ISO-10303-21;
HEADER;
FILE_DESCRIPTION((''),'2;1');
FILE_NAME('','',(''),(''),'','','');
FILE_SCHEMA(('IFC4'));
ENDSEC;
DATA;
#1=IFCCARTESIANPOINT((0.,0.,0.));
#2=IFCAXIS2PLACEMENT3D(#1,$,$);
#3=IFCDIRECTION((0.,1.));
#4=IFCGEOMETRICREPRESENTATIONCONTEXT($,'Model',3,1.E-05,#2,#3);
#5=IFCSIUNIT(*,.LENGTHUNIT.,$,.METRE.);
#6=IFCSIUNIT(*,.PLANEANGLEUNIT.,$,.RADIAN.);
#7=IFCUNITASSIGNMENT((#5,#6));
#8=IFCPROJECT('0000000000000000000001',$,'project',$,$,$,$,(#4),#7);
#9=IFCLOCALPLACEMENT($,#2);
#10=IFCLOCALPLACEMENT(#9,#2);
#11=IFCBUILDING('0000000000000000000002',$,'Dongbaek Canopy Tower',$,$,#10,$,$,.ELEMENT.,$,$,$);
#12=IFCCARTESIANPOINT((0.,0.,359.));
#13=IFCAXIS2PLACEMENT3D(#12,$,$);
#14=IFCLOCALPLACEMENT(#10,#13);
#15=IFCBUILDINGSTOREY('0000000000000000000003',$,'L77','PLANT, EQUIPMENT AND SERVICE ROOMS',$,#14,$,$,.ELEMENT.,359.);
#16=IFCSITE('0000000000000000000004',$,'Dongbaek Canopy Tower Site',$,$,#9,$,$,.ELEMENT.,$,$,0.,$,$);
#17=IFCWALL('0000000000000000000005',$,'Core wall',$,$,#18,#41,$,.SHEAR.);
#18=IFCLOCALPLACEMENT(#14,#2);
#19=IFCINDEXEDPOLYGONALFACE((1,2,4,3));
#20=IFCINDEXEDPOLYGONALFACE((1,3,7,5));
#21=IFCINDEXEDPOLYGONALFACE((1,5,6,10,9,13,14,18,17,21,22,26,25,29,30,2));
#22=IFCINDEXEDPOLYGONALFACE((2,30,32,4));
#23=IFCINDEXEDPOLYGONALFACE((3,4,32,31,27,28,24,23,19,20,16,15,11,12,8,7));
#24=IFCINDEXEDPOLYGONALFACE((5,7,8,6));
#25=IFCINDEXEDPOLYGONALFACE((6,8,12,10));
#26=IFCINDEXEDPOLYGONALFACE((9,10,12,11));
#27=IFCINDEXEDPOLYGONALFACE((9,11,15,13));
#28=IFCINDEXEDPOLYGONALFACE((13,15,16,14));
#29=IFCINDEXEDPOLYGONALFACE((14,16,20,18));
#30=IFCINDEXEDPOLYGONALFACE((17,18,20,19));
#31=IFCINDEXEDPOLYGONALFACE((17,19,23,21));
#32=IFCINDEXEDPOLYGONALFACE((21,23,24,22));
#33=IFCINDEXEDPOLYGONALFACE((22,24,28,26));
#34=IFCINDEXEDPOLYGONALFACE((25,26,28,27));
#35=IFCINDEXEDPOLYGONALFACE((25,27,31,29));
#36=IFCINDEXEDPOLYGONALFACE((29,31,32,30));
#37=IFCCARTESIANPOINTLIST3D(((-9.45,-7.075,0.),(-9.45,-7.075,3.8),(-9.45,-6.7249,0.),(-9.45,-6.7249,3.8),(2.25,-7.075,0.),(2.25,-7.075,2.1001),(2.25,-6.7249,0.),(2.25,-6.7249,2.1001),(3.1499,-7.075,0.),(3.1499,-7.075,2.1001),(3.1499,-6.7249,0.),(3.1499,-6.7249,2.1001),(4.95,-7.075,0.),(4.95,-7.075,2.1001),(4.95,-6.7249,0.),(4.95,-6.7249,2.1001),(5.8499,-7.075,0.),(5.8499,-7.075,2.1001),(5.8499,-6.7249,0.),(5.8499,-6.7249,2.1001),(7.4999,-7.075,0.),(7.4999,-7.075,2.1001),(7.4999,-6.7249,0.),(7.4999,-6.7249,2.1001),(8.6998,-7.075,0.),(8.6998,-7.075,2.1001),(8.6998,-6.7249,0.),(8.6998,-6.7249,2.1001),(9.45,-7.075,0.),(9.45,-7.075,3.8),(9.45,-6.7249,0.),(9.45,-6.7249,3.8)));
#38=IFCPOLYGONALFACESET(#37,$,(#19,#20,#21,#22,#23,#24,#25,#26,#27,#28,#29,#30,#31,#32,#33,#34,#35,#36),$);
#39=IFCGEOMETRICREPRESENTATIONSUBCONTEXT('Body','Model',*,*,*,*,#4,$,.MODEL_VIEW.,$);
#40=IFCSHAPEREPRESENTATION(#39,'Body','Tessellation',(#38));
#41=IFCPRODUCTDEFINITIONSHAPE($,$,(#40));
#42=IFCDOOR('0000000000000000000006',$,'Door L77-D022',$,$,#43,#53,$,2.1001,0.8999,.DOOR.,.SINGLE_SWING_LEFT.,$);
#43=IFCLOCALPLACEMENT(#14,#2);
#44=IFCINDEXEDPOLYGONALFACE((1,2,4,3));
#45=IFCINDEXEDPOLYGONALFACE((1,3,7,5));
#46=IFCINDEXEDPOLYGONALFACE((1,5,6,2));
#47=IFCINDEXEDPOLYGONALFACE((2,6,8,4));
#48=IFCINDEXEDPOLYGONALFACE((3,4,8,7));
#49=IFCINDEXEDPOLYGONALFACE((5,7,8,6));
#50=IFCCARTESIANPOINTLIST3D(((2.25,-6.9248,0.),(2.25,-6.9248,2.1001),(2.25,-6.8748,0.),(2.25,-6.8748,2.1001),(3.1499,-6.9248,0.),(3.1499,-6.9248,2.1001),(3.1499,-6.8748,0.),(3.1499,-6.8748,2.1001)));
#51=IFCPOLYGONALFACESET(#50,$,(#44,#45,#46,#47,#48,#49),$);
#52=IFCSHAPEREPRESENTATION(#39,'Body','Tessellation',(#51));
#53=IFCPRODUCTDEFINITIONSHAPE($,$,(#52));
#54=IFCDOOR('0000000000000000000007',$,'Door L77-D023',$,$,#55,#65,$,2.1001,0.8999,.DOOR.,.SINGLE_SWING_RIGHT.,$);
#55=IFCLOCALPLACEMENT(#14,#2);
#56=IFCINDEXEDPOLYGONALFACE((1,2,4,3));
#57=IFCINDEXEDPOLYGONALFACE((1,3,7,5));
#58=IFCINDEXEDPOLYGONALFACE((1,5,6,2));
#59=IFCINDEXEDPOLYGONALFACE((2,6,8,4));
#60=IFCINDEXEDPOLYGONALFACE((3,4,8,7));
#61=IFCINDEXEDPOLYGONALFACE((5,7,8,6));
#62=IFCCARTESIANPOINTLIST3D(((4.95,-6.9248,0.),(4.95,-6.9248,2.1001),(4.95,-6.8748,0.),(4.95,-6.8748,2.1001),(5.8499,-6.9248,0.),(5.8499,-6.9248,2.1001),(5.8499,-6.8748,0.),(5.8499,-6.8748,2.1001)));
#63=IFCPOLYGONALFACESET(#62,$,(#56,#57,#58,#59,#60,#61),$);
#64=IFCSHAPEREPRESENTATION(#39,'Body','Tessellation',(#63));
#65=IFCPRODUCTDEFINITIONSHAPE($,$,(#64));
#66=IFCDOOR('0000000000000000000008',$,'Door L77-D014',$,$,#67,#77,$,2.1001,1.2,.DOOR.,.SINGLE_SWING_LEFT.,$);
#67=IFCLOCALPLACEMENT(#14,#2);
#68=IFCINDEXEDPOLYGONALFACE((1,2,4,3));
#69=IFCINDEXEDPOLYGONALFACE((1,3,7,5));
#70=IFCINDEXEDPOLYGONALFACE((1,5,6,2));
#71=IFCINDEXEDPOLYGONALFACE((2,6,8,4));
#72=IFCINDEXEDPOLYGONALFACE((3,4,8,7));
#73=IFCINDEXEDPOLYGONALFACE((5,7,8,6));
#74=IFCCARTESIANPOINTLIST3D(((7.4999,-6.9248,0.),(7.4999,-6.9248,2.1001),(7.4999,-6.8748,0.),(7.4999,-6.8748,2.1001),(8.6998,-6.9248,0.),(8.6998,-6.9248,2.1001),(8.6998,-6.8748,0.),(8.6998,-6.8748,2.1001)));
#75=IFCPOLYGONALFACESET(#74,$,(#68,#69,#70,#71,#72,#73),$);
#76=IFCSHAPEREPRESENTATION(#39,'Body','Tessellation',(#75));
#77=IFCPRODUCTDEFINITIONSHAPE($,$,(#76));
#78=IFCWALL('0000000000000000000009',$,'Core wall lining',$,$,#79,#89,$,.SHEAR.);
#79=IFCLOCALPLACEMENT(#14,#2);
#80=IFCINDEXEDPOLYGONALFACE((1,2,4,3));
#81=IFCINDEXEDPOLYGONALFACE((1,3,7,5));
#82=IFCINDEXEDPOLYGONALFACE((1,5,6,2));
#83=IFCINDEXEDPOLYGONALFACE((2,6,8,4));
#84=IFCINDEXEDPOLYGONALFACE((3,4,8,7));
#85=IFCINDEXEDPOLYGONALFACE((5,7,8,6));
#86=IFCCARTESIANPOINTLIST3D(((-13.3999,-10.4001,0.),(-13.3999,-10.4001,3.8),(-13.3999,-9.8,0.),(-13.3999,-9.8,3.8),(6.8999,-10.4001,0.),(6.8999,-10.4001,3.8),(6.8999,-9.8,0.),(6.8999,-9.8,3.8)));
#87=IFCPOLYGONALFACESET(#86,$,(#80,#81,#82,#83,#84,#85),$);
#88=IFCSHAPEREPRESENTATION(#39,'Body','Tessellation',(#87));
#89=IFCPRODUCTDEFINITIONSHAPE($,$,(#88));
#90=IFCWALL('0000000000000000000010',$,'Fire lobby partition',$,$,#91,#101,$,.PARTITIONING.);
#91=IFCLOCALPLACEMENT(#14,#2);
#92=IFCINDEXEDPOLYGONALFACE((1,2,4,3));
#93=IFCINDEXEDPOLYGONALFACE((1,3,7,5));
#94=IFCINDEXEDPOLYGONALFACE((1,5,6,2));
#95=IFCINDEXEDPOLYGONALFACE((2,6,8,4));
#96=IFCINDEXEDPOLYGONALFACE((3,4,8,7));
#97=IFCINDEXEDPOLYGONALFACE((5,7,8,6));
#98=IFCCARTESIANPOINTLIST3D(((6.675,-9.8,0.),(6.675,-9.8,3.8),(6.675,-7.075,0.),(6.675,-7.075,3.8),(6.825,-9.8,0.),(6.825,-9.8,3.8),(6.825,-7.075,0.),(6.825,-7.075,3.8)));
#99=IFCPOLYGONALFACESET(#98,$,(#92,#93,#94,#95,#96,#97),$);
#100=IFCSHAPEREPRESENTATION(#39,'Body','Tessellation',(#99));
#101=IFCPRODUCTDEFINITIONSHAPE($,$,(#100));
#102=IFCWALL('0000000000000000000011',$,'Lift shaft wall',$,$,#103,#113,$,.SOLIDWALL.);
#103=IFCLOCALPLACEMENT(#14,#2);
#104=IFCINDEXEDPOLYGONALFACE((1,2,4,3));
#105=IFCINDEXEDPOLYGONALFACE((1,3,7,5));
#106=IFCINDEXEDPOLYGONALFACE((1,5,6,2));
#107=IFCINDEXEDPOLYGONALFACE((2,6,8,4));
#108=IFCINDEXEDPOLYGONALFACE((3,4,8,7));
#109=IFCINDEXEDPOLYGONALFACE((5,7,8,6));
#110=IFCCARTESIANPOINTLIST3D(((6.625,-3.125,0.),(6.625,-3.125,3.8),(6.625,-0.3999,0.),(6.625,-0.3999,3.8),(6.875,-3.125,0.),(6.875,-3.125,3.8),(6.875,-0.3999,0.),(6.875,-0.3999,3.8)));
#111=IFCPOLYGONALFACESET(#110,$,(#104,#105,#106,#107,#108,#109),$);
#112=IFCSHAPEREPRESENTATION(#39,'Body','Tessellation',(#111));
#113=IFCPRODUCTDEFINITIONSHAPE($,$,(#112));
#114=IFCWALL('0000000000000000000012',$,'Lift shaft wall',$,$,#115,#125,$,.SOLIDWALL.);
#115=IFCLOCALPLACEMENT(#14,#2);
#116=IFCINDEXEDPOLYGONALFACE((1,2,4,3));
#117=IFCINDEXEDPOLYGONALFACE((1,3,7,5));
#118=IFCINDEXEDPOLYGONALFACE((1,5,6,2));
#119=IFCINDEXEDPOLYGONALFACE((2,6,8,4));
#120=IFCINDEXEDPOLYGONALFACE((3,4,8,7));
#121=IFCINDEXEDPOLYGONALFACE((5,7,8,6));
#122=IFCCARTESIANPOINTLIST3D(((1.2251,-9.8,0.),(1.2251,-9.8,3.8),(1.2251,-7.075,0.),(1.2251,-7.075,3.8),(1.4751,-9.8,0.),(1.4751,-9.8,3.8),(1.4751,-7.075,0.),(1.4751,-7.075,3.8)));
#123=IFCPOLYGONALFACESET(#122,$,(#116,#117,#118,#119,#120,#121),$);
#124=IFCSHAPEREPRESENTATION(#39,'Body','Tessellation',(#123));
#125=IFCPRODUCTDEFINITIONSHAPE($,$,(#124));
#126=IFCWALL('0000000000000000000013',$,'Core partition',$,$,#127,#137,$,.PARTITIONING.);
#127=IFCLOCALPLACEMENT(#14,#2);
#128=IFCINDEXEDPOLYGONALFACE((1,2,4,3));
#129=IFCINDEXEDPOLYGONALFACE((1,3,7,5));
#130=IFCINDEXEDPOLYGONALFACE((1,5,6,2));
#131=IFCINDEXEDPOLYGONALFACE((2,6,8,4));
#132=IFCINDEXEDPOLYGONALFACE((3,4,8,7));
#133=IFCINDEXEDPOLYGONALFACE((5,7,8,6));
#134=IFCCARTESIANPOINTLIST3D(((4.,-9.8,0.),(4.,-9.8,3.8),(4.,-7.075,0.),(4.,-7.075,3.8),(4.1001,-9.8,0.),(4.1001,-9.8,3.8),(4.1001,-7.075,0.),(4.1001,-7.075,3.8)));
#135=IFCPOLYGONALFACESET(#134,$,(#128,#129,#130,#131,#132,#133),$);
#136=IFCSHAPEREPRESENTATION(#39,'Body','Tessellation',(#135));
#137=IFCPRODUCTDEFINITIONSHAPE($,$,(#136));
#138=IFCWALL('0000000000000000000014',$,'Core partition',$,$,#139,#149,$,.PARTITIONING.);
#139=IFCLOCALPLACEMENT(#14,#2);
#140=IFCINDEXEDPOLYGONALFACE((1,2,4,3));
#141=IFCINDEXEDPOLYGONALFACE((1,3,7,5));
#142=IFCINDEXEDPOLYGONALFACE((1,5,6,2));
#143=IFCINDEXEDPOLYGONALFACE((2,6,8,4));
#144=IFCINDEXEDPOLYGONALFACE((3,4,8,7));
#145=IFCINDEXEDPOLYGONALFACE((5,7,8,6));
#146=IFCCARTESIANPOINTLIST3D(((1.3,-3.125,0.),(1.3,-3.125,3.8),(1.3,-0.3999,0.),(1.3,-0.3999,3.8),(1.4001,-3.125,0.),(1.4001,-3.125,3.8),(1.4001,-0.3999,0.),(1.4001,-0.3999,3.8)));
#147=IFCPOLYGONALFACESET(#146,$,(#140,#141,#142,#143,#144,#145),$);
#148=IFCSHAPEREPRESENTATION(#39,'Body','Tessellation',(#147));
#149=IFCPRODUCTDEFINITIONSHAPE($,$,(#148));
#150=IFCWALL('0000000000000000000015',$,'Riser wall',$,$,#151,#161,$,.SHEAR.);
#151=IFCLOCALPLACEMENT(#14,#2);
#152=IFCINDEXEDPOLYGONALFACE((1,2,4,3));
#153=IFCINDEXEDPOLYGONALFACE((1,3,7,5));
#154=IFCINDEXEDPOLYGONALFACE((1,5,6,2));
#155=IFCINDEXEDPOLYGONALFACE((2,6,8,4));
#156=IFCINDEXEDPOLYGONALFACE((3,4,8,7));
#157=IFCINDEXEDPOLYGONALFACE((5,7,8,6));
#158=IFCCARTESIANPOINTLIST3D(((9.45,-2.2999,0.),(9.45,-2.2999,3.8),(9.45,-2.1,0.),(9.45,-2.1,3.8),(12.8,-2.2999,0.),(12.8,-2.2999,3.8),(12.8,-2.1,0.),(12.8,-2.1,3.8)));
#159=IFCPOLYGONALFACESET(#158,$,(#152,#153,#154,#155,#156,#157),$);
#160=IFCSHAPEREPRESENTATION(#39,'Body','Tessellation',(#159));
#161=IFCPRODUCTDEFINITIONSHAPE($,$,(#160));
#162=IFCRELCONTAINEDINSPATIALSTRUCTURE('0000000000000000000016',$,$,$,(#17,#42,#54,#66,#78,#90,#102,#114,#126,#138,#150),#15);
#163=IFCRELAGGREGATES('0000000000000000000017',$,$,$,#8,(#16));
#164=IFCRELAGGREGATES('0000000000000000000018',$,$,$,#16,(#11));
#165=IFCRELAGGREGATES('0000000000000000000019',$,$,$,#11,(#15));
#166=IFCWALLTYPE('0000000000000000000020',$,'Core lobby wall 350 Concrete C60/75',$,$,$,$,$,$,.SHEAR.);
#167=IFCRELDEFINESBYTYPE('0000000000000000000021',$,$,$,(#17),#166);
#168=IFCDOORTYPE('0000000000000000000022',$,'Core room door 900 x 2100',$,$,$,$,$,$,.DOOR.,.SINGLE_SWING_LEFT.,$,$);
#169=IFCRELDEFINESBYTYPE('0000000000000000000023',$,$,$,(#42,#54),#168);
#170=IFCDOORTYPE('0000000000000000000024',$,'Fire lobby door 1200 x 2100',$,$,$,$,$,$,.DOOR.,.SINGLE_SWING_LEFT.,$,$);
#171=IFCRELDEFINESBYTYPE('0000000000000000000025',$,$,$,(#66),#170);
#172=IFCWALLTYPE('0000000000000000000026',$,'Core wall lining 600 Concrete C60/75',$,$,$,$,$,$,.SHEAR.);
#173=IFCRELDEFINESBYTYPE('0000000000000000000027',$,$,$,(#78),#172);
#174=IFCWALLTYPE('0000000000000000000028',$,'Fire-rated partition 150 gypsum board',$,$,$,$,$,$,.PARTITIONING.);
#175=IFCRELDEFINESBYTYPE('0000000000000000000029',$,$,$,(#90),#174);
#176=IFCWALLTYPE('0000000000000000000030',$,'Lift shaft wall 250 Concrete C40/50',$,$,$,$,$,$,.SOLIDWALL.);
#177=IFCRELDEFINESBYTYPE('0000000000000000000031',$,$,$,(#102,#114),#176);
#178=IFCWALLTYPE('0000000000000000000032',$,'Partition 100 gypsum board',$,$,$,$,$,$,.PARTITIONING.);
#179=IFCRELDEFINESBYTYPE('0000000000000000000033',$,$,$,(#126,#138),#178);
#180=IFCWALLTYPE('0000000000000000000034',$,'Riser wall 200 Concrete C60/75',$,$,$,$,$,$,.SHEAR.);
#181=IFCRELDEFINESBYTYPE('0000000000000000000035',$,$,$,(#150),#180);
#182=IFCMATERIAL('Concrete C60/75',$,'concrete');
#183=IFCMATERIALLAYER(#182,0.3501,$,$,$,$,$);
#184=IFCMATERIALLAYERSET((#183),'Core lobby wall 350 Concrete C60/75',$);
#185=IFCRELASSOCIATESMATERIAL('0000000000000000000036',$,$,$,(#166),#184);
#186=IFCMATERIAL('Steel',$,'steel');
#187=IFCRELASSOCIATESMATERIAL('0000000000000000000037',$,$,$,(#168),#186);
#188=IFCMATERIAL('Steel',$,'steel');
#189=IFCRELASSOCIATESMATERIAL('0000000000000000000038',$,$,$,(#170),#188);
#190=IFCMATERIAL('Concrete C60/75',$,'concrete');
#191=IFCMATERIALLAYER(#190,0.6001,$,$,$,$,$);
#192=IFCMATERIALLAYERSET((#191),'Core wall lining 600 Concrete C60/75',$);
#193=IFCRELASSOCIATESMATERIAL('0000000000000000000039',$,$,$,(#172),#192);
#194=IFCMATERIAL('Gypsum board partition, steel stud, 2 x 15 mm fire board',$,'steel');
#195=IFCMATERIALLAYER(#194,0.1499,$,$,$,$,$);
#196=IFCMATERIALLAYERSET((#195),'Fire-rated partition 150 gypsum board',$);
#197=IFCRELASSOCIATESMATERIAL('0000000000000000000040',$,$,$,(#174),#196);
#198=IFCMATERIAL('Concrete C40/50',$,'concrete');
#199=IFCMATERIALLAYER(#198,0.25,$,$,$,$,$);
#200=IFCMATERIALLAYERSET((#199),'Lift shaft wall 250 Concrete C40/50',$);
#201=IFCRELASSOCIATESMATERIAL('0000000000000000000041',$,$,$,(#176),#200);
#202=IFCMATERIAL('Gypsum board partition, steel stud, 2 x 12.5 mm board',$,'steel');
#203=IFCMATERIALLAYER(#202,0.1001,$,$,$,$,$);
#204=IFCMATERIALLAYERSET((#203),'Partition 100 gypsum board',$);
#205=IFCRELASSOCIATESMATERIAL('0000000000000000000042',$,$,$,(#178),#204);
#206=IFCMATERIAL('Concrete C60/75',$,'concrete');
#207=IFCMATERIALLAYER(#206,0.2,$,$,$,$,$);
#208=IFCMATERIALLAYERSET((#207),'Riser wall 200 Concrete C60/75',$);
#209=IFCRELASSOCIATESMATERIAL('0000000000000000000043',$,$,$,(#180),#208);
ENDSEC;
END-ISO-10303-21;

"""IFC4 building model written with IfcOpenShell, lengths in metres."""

from ifc_helpers import new_model, si_unit, direction, frame, frame_2d, origin, place, context, subcontext, project, spatial, rectangle, extrude, material, layer, layer_set, type_object, element, fill, save


model = new_model("IFC4")

# Units and contexts
model_context = context("Model", 3, precision=1e-05, world=origin(), true_north=direction((0.0, 1.0)))
body_context = subcontext(model_context, "Body", "Model", "MODEL_VIEW")
ifc_project = project(units=[si_unit("LENGTHUNIT", "METRE"), si_unit("PLANEANGLEUNIT", "RADIAN")], contexts=[model_context])

# Site, building, storey
site_placement = place(None, origin())
site = spatial("IfcSite", under=ifc_project, at=site_placement, Name="Dongbaek Canopy Tower Site", CompositionType="ELEMENT", RefElevation=0.0)
building_placement = place(site_placement, origin())
building = spatial("IfcBuilding", under=site, at=building_placement, Name="Dongbaek Canopy Tower", CompositionType="ELEMENT")
storey_placement = place(building_placement, frame((0.0, 0.0, 359.0)))
storey = spatial("IfcBuildingStorey", under=building, at=storey_placement, Name="L77", Description="PLANT, EQUIPMENT AND SERVICE ROOMS", CompositionType="ELEMENT", Elevation=359.0)

# Wall, openings, doors
ifc_material_1 = material(Name="Concrete C60/75", Category="concrete")
ifc_layer_1 = layer(ifc_material_1, 0.3501)
ifc_layer_set_1 = layer_set([ifc_layer_1], Name="Core lobby wall 350 Concrete C60/75")
wall_type_1 = type_object("IfcWallType", Name="Core lobby wall 350 Concrete C60/75", PredefinedType="SHEAR", material=ifc_layer_set_1)
wall_1_placement = place(storey_placement, frame((9.45, -6.8999, 0.0), z_axis=(0.0, 0.0, 1.0), x_axis=(-1.0, 0.0, 0.0)))
wall_1 = element("IfcWall", 1, at=wall_1_placement, inside=storey, type_object=wall_type_1, Name="Core wall", PredefinedType="SHEAR", context=body_context, shape_type="SweptSolid", body=[
    extrude(rectangle(XDim=18.8999, YDim=0.3501, at=frame_2d((9.45, 0.0))), origin(), (0.0, 0.0, 1.0), 3.8),
])
opening_1_placement = place(wall_1_placement, frame((0.75, 0.0, 0.0)))
opening_1 = element("IfcOpeningElement", 2, at=opening_1_placement, cuts=wall_1, PredefinedType="OPENING", context=body_context, shape_type="SweptSolid", body=[
    extrude(rectangle(XDim=1.2, YDim=2.1001, at=frame_2d((0.6001, 1.05))), frame((0.0, 0.1851, 0.0), z_axis=(0.0, -1.0, 0.0), x_axis=(1.0, 0.0, 0.0)), (0.0, 0.0, 1.0), 0.3701),
])
opening_2_placement = place(wall_1_placement, frame((6.3, 0.0, 0.0)))
opening_2 = element("IfcOpeningElement", 3, at=opening_2_placement, cuts=wall_1, PredefinedType="OPENING", context=body_context, shape_type="SweptSolid", body=[
    extrude(rectangle(XDim=0.8999, YDim=2.1001, at=frame_2d((0.45, 1.05))), frame((0.0, 0.1851, 0.0), z_axis=(0.0, -1.0, 0.0), x_axis=(1.0, 0.0, 0.0)), (0.0, 0.0, 1.0), 0.3701),
])
opening_3_placement = place(wall_1_placement, frame((3.6001, 0.0, 0.0)))
opening_3 = element("IfcOpeningElement", 4, at=opening_3_placement, cuts=wall_1, PredefinedType="OPENING", context=body_context, shape_type="SweptSolid", body=[
    extrude(rectangle(XDim=0.8999, YDim=2.1001, at=frame_2d((0.45, 1.05))), frame((0.0, 0.1851, 0.0), z_axis=(0.0, -1.0, 0.0), x_axis=(1.0, 0.0, 0.0)), (0.0, 0.0, 1.0), 0.3701),
])
ifc_material_2 = material(Name="Steel", Category="steel")
door_type_1 = type_object("IfcDoorType", Name="Core room door 900 x 2100", OperationType="SINGLE_SWING_LEFT", PredefinedType="DOOR", material=ifc_material_2)
door_1_placement = place(opening_2_placement, origin())
door_1 = element("IfcDoor", 5, at=door_1_placement, inside=storey, type_object=door_type_1, Name="Door L77-D022", OperationType="SINGLE_SWING_LEFT", OverallHeight=2.1001, OverallWidth=0.8999, PredefinedType="DOOR", context=body_context, shape_type="SweptSolid", body=[
    extrude(rectangle(XDim=0.8999, YDim=2.1001, at=frame_2d((0.45, 1.05))), frame((0.0, 0.0249, 0.0), z_axis=(0.0, -1.0, 0.0), x_axis=(1.0, 0.0, 0.0)), (0.0, 0.0, 1.0), 0.05),
])
fill(opening_2, door_1)
door_2_placement = place(opening_3_placement, origin())
door_2 = element("IfcDoor", 6, at=door_2_placement, inside=storey, type_object=door_type_1, Name="Door L77-D023", OperationType="SINGLE_SWING_RIGHT", OverallHeight=2.1001, OverallWidth=0.8999, PredefinedType="DOOR", context=body_context, shape_type="SweptSolid", body=[
    extrude(rectangle(XDim=0.8999, YDim=2.1001, at=frame_2d((0.45, 1.05))), frame((0.0, 0.0249, 0.0), z_axis=(0.0, -1.0, 0.0), x_axis=(1.0, 0.0, 0.0)), (0.0, 0.0, 1.0), 0.05),
])
fill(opening_3, door_2)
ifc_material_3 = material(Name="Steel", Category="steel")
door_type_2 = type_object("IfcDoorType", Name="Fire lobby door 1200 x 2100", OperationType="SINGLE_SWING_LEFT", PredefinedType="DOOR", material=ifc_material_3)
door_3_placement = place(opening_1_placement, origin())
door_3 = element("IfcDoor", 7, at=door_3_placement, inside=storey, type_object=door_type_2, Name="Door L77-D014", OperationType="SINGLE_SWING_LEFT", OverallHeight=2.1001, OverallWidth=1.2, PredefinedType="DOOR", context=body_context, shape_type="SweptSolid", body=[
    extrude(rectangle(XDim=1.2, YDim=2.1001, at=frame_2d((0.6001, 1.05))), frame((0.0, 0.0249, 0.0), z_axis=(0.0, -1.0, 0.0), x_axis=(1.0, 0.0, 0.0)), (0.0, 0.0, 1.0), 0.05),
])
fill(opening_1, door_3)

# Walls
ifc_material_4 = material(Name="Concrete C60/75", Category="concrete")
ifc_layer_2 = layer(ifc_material_4, 0.6001)
ifc_layer_set_2 = layer_set([ifc_layer_2], Name="Core wall lining 600 Concrete C60/75")
wall_type_2 = type_object("IfcWallType", Name="Core wall lining 600 Concrete C60/75", PredefinedType="SHEAR", material=ifc_layer_set_2)
wall_2_placement = place(storey_placement, frame((6.8999, -10.1001, 0.0), z_axis=(0.0, 0.0, 1.0), x_axis=(-1.0, 0.0, 0.0)))
element("IfcWall", 8, at=wall_2_placement, inside=storey, type_object=wall_type_2, Name="Core wall lining", PredefinedType="SHEAR", context=body_context, shape_type="SweptSolid", body=[
    extrude(rectangle(XDim=20.2998, YDim=0.6001, at=frame_2d((10.1499, 0.0))), origin(), (0.0, 0.0, 1.0), 3.8),
])
ifc_material_5 = material(Name="Gypsum board partition, steel stud, 2 x 15 mm fire board", Category="steel")
ifc_layer_3 = layer(ifc_material_5, 0.1499)
ifc_layer_set_3 = layer_set([ifc_layer_3], Name="Fire-rated partition 150 gypsum board")
wall_type_3 = type_object("IfcWallType", Name="Fire-rated partition 150 gypsum board", PredefinedType="PARTITIONING", material=ifc_layer_set_3)
wall_3_placement = place(storey_placement, frame((6.75, -9.8, 0.0), z_axis=(0.0, 0.0, 1.0), x_axis=(0.0, 1.0, 0.0)))
element("IfcWall", 9, at=wall_3_placement, inside=storey, type_object=wall_type_3, Name="Fire lobby partition", PredefinedType="PARTITIONING", context=body_context, shape_type="SweptSolid", body=[
    extrude(rectangle(XDim=2.7251, YDim=0.1499, at=frame_2d((1.3625, 0.0))), origin(), (0.0, 0.0, 1.0), 3.8),
])
ifc_material_6 = material(Name="Concrete C40/50", Category="concrete")
ifc_layer_4 = layer(ifc_material_6, 0.25)
ifc_layer_set_4 = layer_set([ifc_layer_4], Name="Lift shaft wall 250 Concrete C40/50")
wall_type_4 = type_object("IfcWallType", Name="Lift shaft wall 250 Concrete C40/50", PredefinedType="SOLIDWALL", material=ifc_layer_set_4)
for number, where, z_axis, x_axis, name in (
    (10, (6.75, -3.125, 0.0), (0.0, 0.0, 1.0), (0.0, 1.0, 0.0), "Lift shaft wall"),
    (11, (1.3501, -9.8, 0.0), (0.0, 0.0, 1.0), (0.0, 1.0, 0.0), "Lift shaft wall"),
):
    element("IfcWall", number, at=place(storey_placement, frame(where, z_axis=z_axis, x_axis=x_axis)), inside=storey, type_object=wall_type_4, Name=name, PredefinedType="SOLIDWALL", context=body_context, shape_type="SweptSolid", body=[
        extrude(rectangle(XDim=2.7251, YDim=0.25, at=frame_2d((1.3625, 0.0))), origin(), (0.0, 0.0, 1.0), 3.8),
    ])
ifc_material_7 = material(Name="Gypsum board partition, steel stud, 2 x 12.5 mm board", Category="steel")
ifc_layer_5 = layer(ifc_material_7, 0.1001)
ifc_layer_set_5 = layer_set([ifc_layer_5], Name="Partition 100 gypsum board")
wall_type_5 = type_object("IfcWallType", Name="Partition 100 gypsum board", PredefinedType="PARTITIONING", material=ifc_layer_set_5)
for number, where, z_axis, x_axis, name in (
    (12, (4.05, -9.8, 0.0), (0.0, 0.0, 1.0), (0.0, 1.0, 0.0), "Core partition"),
    (13, (1.3501, -3.125, 0.0), (0.0, 0.0, 1.0), (0.0, 1.0, 0.0), "Core partition"),
):
    element("IfcWall", number, at=place(storey_placement, frame(where, z_axis=z_axis, x_axis=x_axis)), inside=storey, type_object=wall_type_5, Name=name, PredefinedType="PARTITIONING", context=body_context, shape_type="SweptSolid", body=[
        extrude(rectangle(XDim=2.7251, YDim=0.1001, at=frame_2d((1.3625, 0.0))), origin(), (0.0, 0.0, 1.0), 3.8),
    ])
ifc_material_8 = material(Name="Concrete C60/75", Category="concrete")
ifc_layer_6 = layer(ifc_material_8, 0.2)
ifc_layer_set_6 = layer_set([ifc_layer_6], Name="Riser wall 200 Concrete C60/75")
wall_type_6 = type_object("IfcWallType", Name="Riser wall 200 Concrete C60/75", PredefinedType="SHEAR", material=ifc_layer_set_6)
wall_4_placement = place(storey_placement, frame((9.45, -2.2, 0.0), z_axis=(0.0, 0.0, 1.0), x_axis=(1.0, 0.0, 0.0)))
element("IfcWall", 14, at=wall_4_placement, inside=storey, type_object=wall_type_6, Name="Riser wall", PredefinedType="SHEAR", context=body_context, shape_type="SweptSolid", body=[
    extrude(rectangle(XDim=3.3501, YDim=0.2, at=frame_2d((1.675, 0.0))), origin(), (0.0, 0.0, 1.0), 3.8),
])

save(model, "model.ifc")
